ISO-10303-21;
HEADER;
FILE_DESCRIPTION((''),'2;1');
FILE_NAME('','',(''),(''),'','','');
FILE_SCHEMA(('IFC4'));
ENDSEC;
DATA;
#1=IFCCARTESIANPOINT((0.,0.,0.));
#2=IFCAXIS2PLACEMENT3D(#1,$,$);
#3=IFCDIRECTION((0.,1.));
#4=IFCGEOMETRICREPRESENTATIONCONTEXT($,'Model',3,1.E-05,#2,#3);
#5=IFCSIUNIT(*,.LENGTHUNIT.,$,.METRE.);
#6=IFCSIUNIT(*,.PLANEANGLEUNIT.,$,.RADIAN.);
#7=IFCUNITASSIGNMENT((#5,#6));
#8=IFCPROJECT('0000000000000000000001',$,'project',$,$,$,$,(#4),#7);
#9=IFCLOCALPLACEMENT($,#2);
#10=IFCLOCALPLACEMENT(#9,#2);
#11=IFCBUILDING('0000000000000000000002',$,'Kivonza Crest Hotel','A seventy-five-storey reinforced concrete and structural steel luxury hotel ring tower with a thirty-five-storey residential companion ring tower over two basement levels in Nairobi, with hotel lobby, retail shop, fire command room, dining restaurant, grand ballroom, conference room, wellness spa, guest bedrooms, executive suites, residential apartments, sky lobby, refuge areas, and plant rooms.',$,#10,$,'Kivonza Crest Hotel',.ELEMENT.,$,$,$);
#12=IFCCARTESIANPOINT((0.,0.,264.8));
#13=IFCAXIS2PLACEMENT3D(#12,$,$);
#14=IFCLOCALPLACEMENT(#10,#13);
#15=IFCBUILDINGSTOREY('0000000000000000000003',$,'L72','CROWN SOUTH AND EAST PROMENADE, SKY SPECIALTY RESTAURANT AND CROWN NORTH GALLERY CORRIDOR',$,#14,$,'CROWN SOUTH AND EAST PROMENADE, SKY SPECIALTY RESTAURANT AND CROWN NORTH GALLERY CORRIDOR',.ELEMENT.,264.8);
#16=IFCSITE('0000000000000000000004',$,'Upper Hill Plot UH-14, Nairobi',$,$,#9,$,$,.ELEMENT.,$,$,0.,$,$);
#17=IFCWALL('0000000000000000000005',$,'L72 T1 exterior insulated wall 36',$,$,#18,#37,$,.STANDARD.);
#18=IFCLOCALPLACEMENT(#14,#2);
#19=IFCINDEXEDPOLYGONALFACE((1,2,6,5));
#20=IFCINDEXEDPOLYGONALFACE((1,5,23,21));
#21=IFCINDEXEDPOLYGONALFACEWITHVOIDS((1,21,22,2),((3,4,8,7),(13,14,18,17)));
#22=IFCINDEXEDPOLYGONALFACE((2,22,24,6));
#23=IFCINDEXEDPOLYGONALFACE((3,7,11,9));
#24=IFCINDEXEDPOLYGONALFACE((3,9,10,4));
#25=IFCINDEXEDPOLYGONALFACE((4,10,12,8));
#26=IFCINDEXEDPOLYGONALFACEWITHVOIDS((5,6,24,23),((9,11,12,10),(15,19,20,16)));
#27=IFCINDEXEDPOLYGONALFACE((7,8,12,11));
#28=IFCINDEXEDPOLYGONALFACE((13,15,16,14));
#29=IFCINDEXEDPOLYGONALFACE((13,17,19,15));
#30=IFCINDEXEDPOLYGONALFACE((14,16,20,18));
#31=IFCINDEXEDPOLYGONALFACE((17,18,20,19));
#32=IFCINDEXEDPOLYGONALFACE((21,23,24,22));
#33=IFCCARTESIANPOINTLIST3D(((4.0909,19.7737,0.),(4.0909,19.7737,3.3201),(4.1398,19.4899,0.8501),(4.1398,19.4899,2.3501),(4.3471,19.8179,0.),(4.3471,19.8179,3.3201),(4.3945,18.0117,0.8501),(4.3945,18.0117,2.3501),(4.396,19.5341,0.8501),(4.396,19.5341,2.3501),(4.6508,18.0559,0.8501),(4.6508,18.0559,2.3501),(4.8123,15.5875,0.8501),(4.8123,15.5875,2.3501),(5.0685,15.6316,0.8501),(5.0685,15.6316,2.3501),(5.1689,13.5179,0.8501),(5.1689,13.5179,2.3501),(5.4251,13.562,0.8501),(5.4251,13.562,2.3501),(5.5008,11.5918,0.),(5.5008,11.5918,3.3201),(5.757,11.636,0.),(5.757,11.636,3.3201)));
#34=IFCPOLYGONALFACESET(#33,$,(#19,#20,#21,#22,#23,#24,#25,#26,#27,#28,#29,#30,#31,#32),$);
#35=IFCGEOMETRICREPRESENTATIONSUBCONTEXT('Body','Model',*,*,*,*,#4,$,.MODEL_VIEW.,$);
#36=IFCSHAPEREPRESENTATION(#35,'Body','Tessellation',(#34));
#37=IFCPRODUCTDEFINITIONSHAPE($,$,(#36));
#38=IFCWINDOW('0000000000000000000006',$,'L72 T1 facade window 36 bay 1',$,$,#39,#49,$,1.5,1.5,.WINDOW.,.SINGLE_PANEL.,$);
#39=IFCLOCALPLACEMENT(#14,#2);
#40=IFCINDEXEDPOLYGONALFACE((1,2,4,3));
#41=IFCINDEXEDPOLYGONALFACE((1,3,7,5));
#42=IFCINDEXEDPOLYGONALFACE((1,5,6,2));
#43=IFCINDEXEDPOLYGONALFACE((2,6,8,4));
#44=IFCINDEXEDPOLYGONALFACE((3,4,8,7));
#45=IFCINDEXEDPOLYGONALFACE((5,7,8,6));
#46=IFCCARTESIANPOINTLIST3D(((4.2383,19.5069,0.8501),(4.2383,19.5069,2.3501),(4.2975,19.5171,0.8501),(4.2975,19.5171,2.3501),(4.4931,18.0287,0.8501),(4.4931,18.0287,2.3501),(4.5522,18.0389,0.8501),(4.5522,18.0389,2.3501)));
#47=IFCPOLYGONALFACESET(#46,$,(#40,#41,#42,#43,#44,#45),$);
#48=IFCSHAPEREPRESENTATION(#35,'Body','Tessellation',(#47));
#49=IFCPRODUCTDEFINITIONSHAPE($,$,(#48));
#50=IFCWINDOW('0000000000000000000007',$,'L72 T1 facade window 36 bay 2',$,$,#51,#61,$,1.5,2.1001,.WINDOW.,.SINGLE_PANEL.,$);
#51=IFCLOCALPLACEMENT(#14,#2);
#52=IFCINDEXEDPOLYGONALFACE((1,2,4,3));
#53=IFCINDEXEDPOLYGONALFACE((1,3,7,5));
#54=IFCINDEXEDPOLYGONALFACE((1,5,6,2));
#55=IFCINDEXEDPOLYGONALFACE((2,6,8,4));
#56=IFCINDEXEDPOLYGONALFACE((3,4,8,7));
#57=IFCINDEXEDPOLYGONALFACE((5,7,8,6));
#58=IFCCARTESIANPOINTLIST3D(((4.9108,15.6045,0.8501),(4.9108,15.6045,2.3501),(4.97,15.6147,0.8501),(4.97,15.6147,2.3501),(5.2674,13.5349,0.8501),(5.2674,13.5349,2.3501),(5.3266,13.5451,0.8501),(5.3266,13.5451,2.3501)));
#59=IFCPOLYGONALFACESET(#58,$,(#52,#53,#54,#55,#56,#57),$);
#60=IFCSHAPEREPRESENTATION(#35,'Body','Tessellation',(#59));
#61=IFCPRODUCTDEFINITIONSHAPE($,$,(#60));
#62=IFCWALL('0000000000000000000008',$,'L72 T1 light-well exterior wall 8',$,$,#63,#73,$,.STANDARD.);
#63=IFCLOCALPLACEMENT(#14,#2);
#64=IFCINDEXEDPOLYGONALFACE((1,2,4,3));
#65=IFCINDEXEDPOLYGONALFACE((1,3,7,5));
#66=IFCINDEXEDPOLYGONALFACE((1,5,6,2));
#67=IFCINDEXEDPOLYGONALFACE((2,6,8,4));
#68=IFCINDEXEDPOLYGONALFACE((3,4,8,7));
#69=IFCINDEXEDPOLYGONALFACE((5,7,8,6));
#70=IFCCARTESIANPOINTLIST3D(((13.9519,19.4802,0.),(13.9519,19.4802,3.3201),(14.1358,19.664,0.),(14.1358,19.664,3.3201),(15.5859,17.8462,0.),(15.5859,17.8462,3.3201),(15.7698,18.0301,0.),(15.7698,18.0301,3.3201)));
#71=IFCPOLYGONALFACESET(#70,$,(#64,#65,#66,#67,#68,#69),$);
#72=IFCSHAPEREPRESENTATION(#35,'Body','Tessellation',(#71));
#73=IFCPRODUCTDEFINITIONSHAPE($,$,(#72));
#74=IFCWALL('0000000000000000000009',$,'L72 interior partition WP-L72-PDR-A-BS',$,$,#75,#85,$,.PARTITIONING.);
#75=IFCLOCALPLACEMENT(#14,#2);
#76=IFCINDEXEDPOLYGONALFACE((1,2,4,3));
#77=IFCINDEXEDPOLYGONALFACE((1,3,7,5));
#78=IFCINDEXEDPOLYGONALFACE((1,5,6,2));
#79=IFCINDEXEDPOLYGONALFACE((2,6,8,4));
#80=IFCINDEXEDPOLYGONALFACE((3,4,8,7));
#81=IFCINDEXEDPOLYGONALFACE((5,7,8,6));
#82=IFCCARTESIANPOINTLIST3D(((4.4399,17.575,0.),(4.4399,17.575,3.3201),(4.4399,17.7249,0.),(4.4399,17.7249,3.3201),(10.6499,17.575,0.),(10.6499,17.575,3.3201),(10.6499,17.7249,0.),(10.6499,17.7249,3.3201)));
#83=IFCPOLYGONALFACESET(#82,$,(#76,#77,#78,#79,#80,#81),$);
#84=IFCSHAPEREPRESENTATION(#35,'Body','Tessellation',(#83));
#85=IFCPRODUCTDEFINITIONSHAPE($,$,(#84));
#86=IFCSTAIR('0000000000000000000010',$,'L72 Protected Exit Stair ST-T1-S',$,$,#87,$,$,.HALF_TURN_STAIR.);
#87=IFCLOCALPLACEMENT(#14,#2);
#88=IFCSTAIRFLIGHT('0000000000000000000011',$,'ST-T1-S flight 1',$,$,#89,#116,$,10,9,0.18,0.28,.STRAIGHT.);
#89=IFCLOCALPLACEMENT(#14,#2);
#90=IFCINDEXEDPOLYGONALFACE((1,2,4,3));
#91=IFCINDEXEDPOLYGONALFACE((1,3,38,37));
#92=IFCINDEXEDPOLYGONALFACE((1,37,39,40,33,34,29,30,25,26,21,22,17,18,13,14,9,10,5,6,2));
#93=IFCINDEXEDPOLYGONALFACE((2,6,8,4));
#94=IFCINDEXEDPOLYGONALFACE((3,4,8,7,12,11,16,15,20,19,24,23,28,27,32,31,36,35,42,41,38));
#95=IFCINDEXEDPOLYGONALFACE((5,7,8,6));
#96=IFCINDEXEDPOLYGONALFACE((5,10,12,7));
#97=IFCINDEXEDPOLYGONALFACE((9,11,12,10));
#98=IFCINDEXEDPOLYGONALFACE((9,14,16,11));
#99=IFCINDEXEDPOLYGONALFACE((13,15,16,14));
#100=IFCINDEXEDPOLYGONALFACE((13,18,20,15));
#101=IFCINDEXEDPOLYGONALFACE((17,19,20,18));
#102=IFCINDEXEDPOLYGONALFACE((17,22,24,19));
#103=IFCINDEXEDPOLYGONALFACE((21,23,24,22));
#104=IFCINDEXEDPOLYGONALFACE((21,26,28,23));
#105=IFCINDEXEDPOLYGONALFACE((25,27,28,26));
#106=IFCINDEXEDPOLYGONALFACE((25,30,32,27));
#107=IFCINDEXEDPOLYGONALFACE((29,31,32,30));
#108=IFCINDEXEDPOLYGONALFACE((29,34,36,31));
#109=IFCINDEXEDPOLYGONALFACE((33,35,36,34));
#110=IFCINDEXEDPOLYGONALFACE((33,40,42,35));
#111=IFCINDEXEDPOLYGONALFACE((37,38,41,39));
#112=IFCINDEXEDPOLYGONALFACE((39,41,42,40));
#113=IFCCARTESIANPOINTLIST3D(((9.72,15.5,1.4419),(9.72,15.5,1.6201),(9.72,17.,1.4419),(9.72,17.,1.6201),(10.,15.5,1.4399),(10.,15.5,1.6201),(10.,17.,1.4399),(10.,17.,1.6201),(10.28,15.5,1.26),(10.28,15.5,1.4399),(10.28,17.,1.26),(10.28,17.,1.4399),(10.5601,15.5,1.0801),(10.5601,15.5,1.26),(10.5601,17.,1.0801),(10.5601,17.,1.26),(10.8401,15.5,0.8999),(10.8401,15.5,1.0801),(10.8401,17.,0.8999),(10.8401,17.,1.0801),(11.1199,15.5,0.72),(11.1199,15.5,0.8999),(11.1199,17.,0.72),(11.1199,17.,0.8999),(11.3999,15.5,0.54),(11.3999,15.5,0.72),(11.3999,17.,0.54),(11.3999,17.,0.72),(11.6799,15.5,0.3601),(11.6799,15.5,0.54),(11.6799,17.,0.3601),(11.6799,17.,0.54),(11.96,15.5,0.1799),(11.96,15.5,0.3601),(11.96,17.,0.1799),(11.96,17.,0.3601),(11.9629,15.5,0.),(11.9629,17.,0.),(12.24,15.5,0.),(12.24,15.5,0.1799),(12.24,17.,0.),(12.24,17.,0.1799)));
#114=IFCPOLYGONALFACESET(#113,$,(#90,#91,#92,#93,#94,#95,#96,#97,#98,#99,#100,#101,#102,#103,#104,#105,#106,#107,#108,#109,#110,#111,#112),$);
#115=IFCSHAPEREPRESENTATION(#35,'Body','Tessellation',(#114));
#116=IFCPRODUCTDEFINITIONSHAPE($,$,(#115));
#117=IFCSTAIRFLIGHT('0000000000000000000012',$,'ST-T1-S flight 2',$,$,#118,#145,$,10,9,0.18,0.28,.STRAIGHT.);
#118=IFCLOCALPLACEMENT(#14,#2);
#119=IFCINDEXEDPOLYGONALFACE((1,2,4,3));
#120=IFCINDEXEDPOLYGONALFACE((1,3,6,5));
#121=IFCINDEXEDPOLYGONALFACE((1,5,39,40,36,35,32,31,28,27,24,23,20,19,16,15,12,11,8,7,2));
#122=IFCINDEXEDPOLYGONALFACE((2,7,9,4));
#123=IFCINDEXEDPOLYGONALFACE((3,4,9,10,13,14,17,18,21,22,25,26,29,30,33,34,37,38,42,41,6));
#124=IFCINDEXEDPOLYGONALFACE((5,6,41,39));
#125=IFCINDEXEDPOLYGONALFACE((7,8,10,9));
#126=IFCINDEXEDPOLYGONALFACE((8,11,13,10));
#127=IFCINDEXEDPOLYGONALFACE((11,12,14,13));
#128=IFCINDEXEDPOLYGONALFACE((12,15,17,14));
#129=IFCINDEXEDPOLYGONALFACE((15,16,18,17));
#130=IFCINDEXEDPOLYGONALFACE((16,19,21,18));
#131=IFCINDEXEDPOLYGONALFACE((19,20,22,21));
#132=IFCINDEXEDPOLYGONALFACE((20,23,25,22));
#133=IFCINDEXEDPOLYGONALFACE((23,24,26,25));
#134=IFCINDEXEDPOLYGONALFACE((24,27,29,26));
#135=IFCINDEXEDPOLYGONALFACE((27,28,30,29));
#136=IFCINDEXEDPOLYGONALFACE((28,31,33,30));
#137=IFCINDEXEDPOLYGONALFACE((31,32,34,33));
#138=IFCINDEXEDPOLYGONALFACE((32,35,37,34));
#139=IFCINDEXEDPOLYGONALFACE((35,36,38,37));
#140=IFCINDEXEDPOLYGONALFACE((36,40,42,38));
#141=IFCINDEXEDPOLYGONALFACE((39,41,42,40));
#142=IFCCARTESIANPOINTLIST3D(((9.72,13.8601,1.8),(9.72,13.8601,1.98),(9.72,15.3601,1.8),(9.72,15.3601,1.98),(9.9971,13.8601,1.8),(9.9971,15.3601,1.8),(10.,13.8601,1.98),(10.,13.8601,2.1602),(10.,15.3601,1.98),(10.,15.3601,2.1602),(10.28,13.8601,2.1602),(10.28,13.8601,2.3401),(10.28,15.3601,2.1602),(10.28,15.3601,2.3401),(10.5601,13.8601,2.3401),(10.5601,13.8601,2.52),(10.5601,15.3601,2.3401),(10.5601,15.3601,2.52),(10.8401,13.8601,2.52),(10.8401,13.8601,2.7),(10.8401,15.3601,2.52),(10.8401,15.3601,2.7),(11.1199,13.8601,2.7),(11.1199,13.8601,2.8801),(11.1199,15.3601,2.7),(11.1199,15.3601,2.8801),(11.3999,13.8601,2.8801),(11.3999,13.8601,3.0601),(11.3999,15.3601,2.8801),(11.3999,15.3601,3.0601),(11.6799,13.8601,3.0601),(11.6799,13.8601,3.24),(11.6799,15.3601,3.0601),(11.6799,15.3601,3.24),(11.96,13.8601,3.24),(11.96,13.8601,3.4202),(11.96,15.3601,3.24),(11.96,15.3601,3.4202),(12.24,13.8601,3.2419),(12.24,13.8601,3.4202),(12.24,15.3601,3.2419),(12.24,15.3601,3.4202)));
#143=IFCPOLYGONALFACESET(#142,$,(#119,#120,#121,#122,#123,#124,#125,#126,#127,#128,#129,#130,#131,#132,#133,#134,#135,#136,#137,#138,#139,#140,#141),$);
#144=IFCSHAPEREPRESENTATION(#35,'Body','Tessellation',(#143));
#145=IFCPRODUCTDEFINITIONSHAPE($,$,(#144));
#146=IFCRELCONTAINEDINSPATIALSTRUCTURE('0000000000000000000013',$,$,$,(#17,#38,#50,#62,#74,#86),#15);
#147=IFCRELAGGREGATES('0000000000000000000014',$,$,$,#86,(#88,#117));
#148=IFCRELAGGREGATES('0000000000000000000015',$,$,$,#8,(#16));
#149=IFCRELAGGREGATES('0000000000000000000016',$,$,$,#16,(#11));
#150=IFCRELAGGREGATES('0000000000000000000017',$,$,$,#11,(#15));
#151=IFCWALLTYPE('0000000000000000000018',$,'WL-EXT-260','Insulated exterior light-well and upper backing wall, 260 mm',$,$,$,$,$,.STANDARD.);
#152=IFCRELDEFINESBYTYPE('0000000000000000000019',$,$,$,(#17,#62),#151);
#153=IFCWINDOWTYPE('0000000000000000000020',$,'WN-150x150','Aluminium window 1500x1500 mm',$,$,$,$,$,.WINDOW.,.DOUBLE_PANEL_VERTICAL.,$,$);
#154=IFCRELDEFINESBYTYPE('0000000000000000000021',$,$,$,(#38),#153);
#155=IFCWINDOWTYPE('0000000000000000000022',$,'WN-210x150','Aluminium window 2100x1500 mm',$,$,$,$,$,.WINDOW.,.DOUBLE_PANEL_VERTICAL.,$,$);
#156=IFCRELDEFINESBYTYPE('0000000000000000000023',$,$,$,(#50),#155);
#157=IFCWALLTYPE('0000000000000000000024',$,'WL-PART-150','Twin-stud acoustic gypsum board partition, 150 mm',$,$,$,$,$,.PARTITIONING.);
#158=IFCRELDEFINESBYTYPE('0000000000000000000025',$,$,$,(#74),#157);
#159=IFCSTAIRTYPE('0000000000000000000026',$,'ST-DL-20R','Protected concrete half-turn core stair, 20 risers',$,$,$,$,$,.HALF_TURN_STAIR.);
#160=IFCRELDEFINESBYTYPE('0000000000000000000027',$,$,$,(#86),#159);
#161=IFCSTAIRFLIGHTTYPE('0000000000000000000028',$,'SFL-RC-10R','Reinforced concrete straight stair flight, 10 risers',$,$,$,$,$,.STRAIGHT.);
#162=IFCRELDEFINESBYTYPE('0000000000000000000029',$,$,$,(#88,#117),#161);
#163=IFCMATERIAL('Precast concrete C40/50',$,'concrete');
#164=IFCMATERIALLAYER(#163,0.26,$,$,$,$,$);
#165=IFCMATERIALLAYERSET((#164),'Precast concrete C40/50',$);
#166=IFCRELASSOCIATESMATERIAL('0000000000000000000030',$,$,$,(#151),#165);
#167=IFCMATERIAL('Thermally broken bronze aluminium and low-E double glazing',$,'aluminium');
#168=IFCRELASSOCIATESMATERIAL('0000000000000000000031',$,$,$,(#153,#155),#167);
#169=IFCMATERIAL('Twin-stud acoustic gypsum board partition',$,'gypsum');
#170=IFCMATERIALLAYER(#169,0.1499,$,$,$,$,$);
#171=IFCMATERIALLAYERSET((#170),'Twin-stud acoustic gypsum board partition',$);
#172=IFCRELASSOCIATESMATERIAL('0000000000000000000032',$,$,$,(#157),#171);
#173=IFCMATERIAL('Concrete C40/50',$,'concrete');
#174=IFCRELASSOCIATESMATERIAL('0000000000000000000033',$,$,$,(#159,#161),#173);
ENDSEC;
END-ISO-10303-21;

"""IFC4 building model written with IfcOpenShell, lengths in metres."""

from ifc_helpers import new_model, si_unit, direction, frame, frame_2d, origin, place, context, subcontext, project, spatial, polyline, rectangle, outline, extrude, material, layer, layer_set, type_object, element, fill, aggregate, save


model = new_model("IFC4")

# Units and contexts
model_context = context("Model", 3, precision=1e-05, world=origin(), true_north=direction((0.0, 1.0)))
body_context = subcontext(model_context, "Body", "Model", "MODEL_VIEW")
ifc_project = project(units=[si_unit("LENGTHUNIT", "METRE"), si_unit("PLANEANGLEUNIT", "RADIAN")], contexts=[model_context])

# Site, building, storey
site_placement = place(None, origin())
site = spatial("IfcSite", under=ifc_project, at=site_placement, Name="Upper Hill Plot UH-14, Nairobi", CompositionType="ELEMENT", RefElevation=0.0)
building_placement = place(site_placement, origin())
building = spatial("IfcBuilding", under=site, at=building_placement, Name="Kivonza Crest Hotel", Description="A seventy-five-storey reinforced concrete and structural steel luxury hotel ring tower with a thirty-five-storey residential companion ring tower over two basement levels in Nairobi, with hotel lobby, retail shop, fire command room, dining restaurant, grand ballroom, conference room, wellness spa, guest bedrooms, executive suites, residential apartments, sky lobby, refuge areas, and plant rooms.", LongName="Kivonza Crest Hotel", CompositionType="ELEMENT")
storey_placement = place(building_placement, frame((0.0, 0.0, 264.8)))
storey = spatial("IfcBuildingStorey", under=building, at=storey_placement, Name="L72", Description="CROWN SOUTH AND EAST PROMENADE, SKY SPECIALTY RESTAURANT AND CROWN NORTH GALLERY CORRIDOR", LongName="CROWN SOUTH AND EAST PROMENADE, SKY SPECIALTY RESTAURANT AND CROWN NORTH GALLERY CORRIDOR", CompositionType="ELEMENT", Elevation=264.8)

# Wall, openings, windows
ifc_material_1 = material(Name="Precast concrete C40/50", Category="concrete")
ifc_layer_1 = layer(ifc_material_1, 0.26)
ifc_layer_set_1 = layer_set([ifc_layer_1], Name="Precast concrete C40/50")
wall_type_1 = type_object("IfcWallType", Name="WL-EXT-260", Description="Insulated exterior light-well and upper backing wall, 260 mm", PredefinedType="STANDARD", material=ifc_layer_set_1)
wall_1_placement = place(storey_placement, frame((4.219, 19.7959, 0.0), z_axis=(0.0, 0.0, 1.0), x_axis=(0.169818, -0.985475, 0.0)))
wall_1 = element("IfcWall", 1, at=wall_1_placement, inside=storey, type_object=wall_type_1, Name="L72 T1 exterior insulated wall 36", PredefinedType="STANDARD", context=body_context, shape_type="SweptSolid", body=[
    extrude(rectangle(XDim=8.3025, YDim=0.26, at=frame_2d((4.1514, 0.0))), origin(), (0.0, 0.0, 1.0), 3.3201),
])
opening_1_placement = place(wall_1_placement, frame((0.2881, 0.0, 0.8501)))
opening_1 = element("IfcOpeningElement", 2, at=opening_1_placement, cuts=wall_1, PredefinedType="OPENING", context=body_context, shape_type="SweptSolid", body=[
    extrude(rectangle(XDim=1.5, YDim=1.5, at=frame_2d((0.75, 0.75))), frame((0.0, 0.1401, 0.0), z_axis=(0.0, -1.0, 0.0), x_axis=(1.0, 0.0, 0.0)), (0.0, 0.0, 1.0), 0.28),
])
opening_2_placement = place(wall_1_placement, frame((4.248, 0.0, 0.8501)))
opening_2 = element("IfcOpeningElement", 3, at=opening_2_placement, cuts=wall_1, PredefinedType="OPENING", context=body_context, shape_type="SweptSolid", body=[
    extrude(rectangle(XDim=2.1001, YDim=1.5, at=frame_2d((1.05, 0.75))), frame((0.0, 0.1401, 0.0), z_axis=(0.0, -1.0, 0.0), x_axis=(1.0, 0.0, 0.0)), (0.0, 0.0, 1.0), 0.28),
])
ifc_material_2 = material(Name="Thermally broken bronze aluminium and low-E double glazing", Category="aluminium")
window_type_1 = type_object("IfcWindowType", Name="WN-150x150", Description="Aluminium window 1500x1500 mm", PartitioningType="DOUBLE_PANEL_VERTICAL", PredefinedType="WINDOW", material=ifc_material_2)
window_1_placement = place(opening_1_placement, origin())
window_1 = element("IfcWindow", 4, at=window_1_placement, inside=storey, type_object=window_type_1, Name="L72 T1 facade window 36 bay 1", OverallHeight=1.5, OverallWidth=1.5, PartitioningType="SINGLE_PANEL", PredefinedType="WINDOW", context=body_context, shape_type="SweptSolid", body=[
    extrude(rectangle(XDim=1.5, YDim=1.5, at=frame_2d((0.75, 0.75))), frame((0.0, 0.03, 0.0), z_axis=(0.0, -1.0, 0.0), x_axis=(1.0, 0.0, 0.0)), (0.0, 0.0, 1.0), 0.0601),
])
fill(opening_1, window_1)
window_type_2 = type_object("IfcWindowType", Name="WN-210x150", Description="Aluminium window 2100x1500 mm", PartitioningType="DOUBLE_PANEL_VERTICAL", PredefinedType="WINDOW", material=ifc_material_2)
window_2_placement = place(opening_2_placement, origin())
window_2 = element("IfcWindow", 5, at=window_2_placement, inside=storey, type_object=window_type_2, Name="L72 T1 facade window 36 bay 2", OverallHeight=1.5, OverallWidth=2.1001, PartitioningType="SINGLE_PANEL", PredefinedType="WINDOW", context=body_context, shape_type="SweptSolid", body=[
    extrude(rectangle(XDim=2.1001, YDim=1.5, at=frame_2d((1.05, 0.75))), frame((0.0, 0.03, 0.0), z_axis=(0.0, -1.0, 0.0), x_axis=(1.0, 0.0, 0.0)), (0.0, 0.0, 1.0), 0.0601),
])
fill(opening_2, window_2)

# Walls
wall_2_placement = place(storey_placement, frame((14.0439, 19.572, 0.0), z_axis=(0.0, 0.0, 1.0), x_axis=(0.707107, -0.707107, 0.0)))
element("IfcWall", 6, at=wall_2_placement, inside=storey, type_object=wall_type_1, Name="L72 T1 light-well exterior wall 8", PredefinedType="STANDARD", context=body_context, shape_type="SweptSolid", body=[
    extrude(rectangle(XDim=2.3108, YDim=0.26, at=frame_2d((1.1553, 0.0))), origin(), (0.0, 0.0, 1.0), 3.3201),
])
ifc_material_3 = material(Name="Twin-stud acoustic gypsum board partition", Category="gypsum")
ifc_layer_2 = layer(ifc_material_3, 0.1499)
ifc_layer_set_2 = layer_set([ifc_layer_2], Name="Twin-stud acoustic gypsum board partition")
wall_type_2 = type_object("IfcWallType", Name="WL-PART-150", Description="Twin-stud acoustic gypsum board partition, 150 mm", PredefinedType="PARTITIONING", material=ifc_layer_set_2)
wall_3_placement = place(storey_placement, frame((4.4399, 17.6499, 0.0), z_axis=(0.0, 0.0, 1.0), x_axis=(1.0, 0.0, 0.0)))
element("IfcWall", 7, at=wall_3_placement, inside=storey, type_object=wall_type_2, Name="L72 interior partition WP-L72-PDR-A-BS", PredefinedType="PARTITIONING", context=body_context, shape_type="SweptSolid", body=[
    extrude(rectangle(XDim=6.21, YDim=0.1499, at=frame_2d((3.105, 0.0))), origin(), (0.0, 0.0, 1.0), 3.3201),
])

# Stair, stair flights
ifc_material_4 = material(Name="Concrete C40/50", Category="concrete")
stair_type = type_object("IfcStairType", Name="ST-DL-20R", Description="Protected concrete half-turn core stair, 20 risers", PredefinedType="HALF_TURN_STAIR", material=ifc_material_4)
stair_placement = place(storey_placement, origin())
stair = element("IfcStair", 8, at=stair_placement, inside=storey, type_object=stair_type, Name="L72 Protected Exit Stair ST-T1-S", PredefinedType="HALF_TURN_STAIR")
stair_flight_type = type_object("IfcStairFlightType", Name="SFL-RC-10R", Description="Reinforced concrete straight stair flight, 10 risers", PredefinedType="STRAIGHT", material=ifc_material_4)
stair_flight_1_placement = place(storey_placement, frame((12.24, 16.25, 0.0), z_axis=(0.0, 0.0, 1.0), x_axis=(-1.0, 0.0, 0.0)))
stair_flight_1 = element("IfcStairFlight", 9, at=stair_flight_1_placement, type_object=stair_flight_type, Name="ST-T1-S flight 1", NumberOfRisers=10, NumberOfTreads=9, PredefinedType="STRAIGHT", RiserHeight=0.18, TreadLength=0.28, context=body_context, shape_type="SweptSolid", body=[
    extrude(outline(polyline([(0.0, 0.0), (0.0, 0.1799), (0.28, 0.1799), (0.28, 0.3601), (0.5601, 0.3601), (0.5601, 0.54), (0.8401, 0.54), (0.8401, 0.72), (1.1201, 0.72), (1.1201, 0.8999), (1.3999, 0.8999), (1.3999, 1.0801), (1.6799, 1.0801), (1.6799, 1.26), (1.96, 1.26), (1.96, 1.4399), (2.24, 1.4399), (2.24, 1.6201), (2.52, 1.6201), (2.52, 1.8), (2.52, 1.4419), (0.2771, 0.0), (0.0, 0.0)])), frame((0.0, 0.75, 0.0), z_axis=(0.0, -1.0, 0.0), x_axis=(1.0, 0.0, 0.0)), (0.0, 0.0, 1.0), 1.5),
])
stair_flight_2_placement = place(storey_placement, frame((9.72, 14.6101, 1.8), z_axis=(0.0, 0.0, 1.0), x_axis=(1.0, 0.0, 0.0)))
stair_flight_2 = element("IfcStairFlight", 10, at=stair_flight_2_placement, type_object=stair_flight_type, Name="ST-T1-S flight 2", NumberOfRisers=10, NumberOfTreads=9, PredefinedType="STRAIGHT", RiserHeight=0.18, TreadLength=0.28, context=body_context, shape_type="SweptSolid", body=[
    extrude(outline(polyline([(0.0, 0.0), (0.0, 0.1799), (0.28, 0.1799), (0.28, 0.3601), (0.5601, 0.3601), (0.5601, 0.54), (0.8401, 0.54), (0.8401, 0.72), (1.1201, 0.72), (1.1201, 0.8999), (1.3999, 0.8999), (1.3999, 1.0801), (1.6799, 1.0801), (1.6799, 1.26), (1.96, 1.26), (1.96, 1.4399), (2.24, 1.4399), (2.24, 1.6201), (2.52, 1.6201), (2.52, 1.8), (2.52, 1.4419), (0.2771, 0.0), (0.0, 0.0)])), frame((0.0, 0.75, 0.0), z_axis=(0.0, -1.0, 0.0), x_axis=(1.0, 0.0, 0.0)), (0.0, 0.0, 1.0), 1.5),
])
aggregate(stair, [stair_flight_1, stair_flight_2])

save(model, "model.ifc")
